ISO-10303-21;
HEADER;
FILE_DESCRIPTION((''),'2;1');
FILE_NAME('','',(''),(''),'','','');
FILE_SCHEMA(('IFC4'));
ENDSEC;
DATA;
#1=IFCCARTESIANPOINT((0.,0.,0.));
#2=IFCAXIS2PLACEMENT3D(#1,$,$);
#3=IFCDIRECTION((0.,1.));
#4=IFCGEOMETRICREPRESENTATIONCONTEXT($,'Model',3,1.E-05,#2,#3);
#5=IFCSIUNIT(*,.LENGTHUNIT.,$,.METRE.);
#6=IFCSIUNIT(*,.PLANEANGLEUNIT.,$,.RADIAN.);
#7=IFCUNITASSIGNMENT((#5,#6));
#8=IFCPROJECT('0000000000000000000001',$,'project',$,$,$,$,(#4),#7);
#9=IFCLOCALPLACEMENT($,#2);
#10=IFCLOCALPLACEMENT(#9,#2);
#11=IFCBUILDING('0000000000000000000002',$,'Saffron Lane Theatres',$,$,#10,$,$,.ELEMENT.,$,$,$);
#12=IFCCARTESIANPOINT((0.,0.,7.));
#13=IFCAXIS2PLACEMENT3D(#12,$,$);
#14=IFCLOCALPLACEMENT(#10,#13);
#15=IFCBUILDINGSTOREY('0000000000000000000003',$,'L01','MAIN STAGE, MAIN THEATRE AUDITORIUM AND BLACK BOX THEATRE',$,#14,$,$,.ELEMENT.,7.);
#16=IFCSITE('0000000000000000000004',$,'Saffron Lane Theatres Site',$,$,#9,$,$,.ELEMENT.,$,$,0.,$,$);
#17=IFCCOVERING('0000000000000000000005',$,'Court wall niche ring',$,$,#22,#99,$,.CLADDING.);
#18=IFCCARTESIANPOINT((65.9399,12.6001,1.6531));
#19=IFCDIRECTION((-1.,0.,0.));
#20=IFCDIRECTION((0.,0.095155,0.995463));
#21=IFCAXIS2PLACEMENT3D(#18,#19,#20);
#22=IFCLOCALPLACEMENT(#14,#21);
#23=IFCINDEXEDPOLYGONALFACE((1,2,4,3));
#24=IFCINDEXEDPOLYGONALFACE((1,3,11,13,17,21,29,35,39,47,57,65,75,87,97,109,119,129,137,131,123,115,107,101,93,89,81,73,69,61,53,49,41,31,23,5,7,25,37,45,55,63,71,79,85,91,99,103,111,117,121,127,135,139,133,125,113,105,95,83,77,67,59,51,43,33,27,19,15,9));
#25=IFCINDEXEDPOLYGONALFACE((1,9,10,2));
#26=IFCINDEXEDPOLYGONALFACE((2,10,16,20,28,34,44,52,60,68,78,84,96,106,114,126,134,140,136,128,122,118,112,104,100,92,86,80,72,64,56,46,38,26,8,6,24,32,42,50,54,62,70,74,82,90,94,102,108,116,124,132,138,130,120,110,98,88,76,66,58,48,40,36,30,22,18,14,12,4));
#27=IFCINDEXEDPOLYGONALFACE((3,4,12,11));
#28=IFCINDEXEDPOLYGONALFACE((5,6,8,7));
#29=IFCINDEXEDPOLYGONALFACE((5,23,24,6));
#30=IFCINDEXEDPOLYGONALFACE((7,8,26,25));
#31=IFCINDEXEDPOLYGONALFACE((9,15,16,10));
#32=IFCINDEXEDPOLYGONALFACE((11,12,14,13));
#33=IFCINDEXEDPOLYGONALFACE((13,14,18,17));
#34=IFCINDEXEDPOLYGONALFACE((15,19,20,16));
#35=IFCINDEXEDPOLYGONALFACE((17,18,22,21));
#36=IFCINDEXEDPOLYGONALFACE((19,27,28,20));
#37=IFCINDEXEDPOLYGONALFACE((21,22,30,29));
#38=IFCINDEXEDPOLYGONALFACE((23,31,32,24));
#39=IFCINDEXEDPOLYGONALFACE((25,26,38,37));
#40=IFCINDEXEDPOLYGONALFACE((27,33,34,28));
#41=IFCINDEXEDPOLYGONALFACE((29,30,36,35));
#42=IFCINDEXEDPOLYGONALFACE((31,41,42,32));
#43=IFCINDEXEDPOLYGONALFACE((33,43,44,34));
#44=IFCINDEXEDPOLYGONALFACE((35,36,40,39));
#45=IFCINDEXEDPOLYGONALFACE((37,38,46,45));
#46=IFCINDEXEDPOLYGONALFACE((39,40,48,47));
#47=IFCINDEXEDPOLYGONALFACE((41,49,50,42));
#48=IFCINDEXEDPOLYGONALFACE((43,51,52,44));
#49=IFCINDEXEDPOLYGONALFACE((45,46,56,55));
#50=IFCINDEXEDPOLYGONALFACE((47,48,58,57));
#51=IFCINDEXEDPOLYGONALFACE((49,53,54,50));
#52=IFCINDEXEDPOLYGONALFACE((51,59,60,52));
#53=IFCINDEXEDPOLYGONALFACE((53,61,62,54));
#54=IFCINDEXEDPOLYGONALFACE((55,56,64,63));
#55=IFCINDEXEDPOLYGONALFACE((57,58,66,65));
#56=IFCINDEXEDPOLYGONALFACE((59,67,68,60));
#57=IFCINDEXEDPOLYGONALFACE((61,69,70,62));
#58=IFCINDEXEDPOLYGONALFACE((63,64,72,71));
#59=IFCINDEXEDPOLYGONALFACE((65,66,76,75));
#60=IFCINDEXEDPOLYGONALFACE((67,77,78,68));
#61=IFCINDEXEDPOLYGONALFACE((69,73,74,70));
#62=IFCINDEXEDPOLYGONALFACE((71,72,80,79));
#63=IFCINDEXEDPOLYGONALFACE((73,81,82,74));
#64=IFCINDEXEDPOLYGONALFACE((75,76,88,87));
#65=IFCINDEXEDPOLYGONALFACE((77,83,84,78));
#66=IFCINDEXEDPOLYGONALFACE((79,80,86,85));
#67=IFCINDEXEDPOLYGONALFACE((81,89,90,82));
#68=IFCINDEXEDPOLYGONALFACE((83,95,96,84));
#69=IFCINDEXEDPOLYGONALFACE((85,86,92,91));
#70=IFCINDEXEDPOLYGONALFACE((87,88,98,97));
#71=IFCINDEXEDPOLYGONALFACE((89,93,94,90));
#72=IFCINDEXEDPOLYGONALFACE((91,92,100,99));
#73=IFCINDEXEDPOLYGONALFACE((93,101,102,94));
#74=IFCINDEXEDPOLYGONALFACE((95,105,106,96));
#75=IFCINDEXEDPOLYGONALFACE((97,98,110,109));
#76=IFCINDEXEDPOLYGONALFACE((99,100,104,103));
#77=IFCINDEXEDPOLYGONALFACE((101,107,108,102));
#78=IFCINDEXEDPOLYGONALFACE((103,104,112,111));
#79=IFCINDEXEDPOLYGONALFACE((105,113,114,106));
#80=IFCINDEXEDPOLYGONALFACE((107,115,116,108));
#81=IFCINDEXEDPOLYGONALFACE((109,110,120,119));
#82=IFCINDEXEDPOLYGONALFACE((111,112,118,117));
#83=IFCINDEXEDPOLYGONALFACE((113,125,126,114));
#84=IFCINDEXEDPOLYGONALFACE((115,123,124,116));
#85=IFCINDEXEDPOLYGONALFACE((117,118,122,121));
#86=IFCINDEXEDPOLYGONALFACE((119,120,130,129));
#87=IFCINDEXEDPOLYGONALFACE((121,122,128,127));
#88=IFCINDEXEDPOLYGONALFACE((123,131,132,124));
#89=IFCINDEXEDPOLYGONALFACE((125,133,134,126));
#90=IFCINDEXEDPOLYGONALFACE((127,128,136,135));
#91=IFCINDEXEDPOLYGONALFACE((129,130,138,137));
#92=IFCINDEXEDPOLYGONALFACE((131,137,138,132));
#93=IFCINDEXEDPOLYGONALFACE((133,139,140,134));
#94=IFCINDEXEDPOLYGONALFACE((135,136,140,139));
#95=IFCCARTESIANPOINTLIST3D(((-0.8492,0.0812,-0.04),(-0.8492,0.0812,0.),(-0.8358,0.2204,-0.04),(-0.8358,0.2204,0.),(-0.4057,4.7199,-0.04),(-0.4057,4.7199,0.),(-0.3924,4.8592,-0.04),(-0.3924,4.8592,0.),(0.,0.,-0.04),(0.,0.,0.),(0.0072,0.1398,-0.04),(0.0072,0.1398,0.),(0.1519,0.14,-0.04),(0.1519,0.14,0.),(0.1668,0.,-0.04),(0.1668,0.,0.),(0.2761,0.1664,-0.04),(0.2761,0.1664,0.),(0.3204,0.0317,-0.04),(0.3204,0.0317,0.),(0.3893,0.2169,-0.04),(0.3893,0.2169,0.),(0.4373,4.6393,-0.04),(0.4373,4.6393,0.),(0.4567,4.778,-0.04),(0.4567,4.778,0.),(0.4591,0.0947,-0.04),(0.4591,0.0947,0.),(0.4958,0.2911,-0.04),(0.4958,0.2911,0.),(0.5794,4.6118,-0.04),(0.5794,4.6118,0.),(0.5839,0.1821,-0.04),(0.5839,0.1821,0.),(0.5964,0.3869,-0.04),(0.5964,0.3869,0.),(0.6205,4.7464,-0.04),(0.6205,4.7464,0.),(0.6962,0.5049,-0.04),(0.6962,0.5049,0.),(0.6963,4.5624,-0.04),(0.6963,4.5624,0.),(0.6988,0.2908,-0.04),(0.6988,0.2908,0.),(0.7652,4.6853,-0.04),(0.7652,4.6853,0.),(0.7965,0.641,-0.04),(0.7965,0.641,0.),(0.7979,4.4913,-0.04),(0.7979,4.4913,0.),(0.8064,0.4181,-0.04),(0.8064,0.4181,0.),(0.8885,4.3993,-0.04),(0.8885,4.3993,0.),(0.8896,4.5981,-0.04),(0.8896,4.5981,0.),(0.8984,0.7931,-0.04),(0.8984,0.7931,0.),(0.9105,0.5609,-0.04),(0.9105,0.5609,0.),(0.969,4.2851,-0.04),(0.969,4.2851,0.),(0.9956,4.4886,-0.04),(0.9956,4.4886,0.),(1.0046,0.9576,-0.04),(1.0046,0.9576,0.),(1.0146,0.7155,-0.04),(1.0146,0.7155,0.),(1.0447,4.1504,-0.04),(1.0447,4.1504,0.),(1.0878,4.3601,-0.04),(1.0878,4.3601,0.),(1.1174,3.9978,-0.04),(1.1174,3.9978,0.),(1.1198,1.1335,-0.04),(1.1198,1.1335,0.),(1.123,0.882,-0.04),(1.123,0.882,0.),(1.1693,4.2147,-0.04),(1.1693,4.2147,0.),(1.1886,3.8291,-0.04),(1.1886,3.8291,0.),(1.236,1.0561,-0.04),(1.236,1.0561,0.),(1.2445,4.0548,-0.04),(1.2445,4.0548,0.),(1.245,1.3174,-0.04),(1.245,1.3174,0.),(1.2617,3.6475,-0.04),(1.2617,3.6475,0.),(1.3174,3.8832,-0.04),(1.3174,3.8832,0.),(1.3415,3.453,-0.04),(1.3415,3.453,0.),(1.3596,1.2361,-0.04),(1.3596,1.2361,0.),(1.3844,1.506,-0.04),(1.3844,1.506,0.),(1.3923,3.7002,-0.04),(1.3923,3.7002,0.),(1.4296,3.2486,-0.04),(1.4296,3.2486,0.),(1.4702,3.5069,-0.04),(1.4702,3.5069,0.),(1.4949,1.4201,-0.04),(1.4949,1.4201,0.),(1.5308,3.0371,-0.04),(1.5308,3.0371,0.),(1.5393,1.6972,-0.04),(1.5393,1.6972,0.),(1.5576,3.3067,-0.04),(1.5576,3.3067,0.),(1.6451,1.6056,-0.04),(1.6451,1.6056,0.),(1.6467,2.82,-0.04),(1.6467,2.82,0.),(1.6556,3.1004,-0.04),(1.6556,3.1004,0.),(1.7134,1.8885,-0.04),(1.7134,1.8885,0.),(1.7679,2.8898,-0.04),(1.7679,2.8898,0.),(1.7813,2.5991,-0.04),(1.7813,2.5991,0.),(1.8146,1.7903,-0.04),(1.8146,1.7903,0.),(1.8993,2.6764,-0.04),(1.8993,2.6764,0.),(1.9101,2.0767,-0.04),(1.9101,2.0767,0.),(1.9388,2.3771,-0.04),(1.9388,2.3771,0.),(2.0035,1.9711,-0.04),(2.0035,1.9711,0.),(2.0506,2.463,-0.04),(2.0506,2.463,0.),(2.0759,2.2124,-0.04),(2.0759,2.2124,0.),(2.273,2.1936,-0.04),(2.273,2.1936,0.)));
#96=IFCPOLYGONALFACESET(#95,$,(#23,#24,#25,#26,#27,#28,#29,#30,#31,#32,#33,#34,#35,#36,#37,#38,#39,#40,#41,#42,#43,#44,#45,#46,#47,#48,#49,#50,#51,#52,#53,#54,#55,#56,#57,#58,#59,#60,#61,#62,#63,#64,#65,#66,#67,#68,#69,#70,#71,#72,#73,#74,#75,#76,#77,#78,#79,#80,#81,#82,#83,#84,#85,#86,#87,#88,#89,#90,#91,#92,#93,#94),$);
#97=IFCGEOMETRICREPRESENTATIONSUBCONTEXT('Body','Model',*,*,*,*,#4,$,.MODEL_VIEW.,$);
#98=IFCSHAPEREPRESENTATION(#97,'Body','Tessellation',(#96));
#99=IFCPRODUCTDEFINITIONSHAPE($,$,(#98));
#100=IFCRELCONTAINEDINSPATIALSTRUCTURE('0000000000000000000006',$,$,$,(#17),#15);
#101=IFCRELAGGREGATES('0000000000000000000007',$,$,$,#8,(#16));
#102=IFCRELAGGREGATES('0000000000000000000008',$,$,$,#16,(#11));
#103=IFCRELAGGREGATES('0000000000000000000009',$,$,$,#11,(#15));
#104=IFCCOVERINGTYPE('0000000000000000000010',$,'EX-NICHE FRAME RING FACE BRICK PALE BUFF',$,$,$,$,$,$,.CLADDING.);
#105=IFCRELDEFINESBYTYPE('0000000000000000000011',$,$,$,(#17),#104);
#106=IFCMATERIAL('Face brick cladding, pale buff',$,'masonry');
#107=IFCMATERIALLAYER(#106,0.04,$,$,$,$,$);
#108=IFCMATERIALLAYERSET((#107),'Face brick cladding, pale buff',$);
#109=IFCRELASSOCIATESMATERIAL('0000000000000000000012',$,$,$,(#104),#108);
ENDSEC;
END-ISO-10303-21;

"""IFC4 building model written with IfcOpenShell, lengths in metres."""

from ifc_helpers import new_model, si_unit, direction, frame, origin, place, context, subcontext, project, spatial, polyline, outline, extrude, material, layer, layer_set, type_object, element, save


model = new_model("IFC4")

# Units and contexts
model_context = context("Model", 3, precision=1e-05, world=origin(), true_north=direction((0.0, 1.0)))
body_context = subcontext(model_context, "Body", "Model", "MODEL_VIEW")
ifc_project = project(units=[si_unit("LENGTHUNIT", "METRE"), si_unit("PLANEANGLEUNIT", "RADIAN")], contexts=[model_context])

# Site, building, storey
site_placement = place(None, origin())
site = spatial("IfcSite", under=ifc_project, at=site_placement, Name="Saffron Lane Theatres Site", CompositionType="ELEMENT", RefElevation=0.0)
building_placement = place(site_placement, origin())
building = spatial("IfcBuilding", under=site, at=building_placement, Name="Saffron Lane Theatres", CompositionType="ELEMENT")
storey_placement = place(building_placement, frame((0.0, 0.0, 7.0)))
storey = spatial("IfcBuildingStorey", under=building, at=storey_placement, Name="L01", Description="MAIN STAGE, MAIN THEATRE AUDITORIUM AND BLACK BOX THEATRE", CompositionType="ELEMENT", Elevation=7.0)

# Covering
ifc_material_1 = material(Name="Face brick cladding, pale buff", Category="masonry")
ifc_layer_1 = layer(ifc_material_1, 0.04)
ifc_layer_set_1 = layer_set([ifc_layer_1], Name="Face brick cladding, pale buff")
covering_type_1 = type_object("IfcCoveringType", Name="EX-NICHE FRAME RING FACE BRICK PALE BUFF", PredefinedType="CLADDING", material=ifc_layer_set_1)
covering_1_placement = place(storey_placement, frame((65.9399, 12.6001, 1.6531), z_axis=(-1.0, 0.0, 0.0), x_axis=(0.0, 0.095155, 0.995463)))
element("IfcCovering", 1, at=covering_1_placement, inside=storey, type_object=covering_type_1, Name="Court wall niche ring", PredefinedType="CLADDING", context=body_context, shape_type="SweptSolid", body=[
    extrude(outline(polyline([(0.0, 0.0), (0.1668, 0.0), (0.3204, 0.0317), (0.4591, 0.0947), (0.5839, 0.1821), (0.6988, 0.2908), (0.8064, 0.4181), (0.9105, 0.5609), (1.0146, 0.7155), (1.123, 0.882), (1.236, 1.0561), (1.3596, 1.2361), (1.4949, 1.4201), (1.6451, 1.6056), (1.8146, 1.7903), (2.0035, 1.9711), (2.273, 2.1936), (2.0506, 2.463), (1.8993, 2.6764), (1.7679, 2.8898), (1.6556, 3.1004), (1.5576, 3.3067), (1.4702, 3.5069), (1.3923, 3.7002), (1.3174, 3.8832), (1.2445, 4.0548), (1.1693, 4.2147), (1.0878, 4.3601), (0.9956, 4.4886), (0.8896, 4.5981), (0.7652, 4.6853), (0.6205, 4.7464), (0.4567, 4.778), (-0.3924, 4.8592), (-0.4057, 4.7199), (0.4373, 4.6393), (0.5794, 4.6118), (0.6963, 4.5624), (0.7979, 4.4913), (0.8885, 4.3993), (0.969, 4.2851), (1.0447, 4.1504), (1.1174, 3.9978), (1.1886, 3.8291), (1.2617, 3.6475), (1.3415, 3.453), (1.4296, 3.2486), (1.5308, 3.0371), (1.6467, 2.82), (1.7813, 2.5991), (1.9388, 2.3771), (2.0759, 2.2124), (1.9101, 2.0767), (1.7134, 1.8885), (1.5393, 1.6972), (1.3844, 1.506), (1.245, 1.3174), (1.1198, 1.1335), (1.0046, 0.9576), (0.8984, 0.7931), (0.7965, 0.641), (0.6962, 0.5049), (0.5964, 0.3869), (0.4958, 0.2911), (0.3893, 0.2169), (0.2761, 0.1664), (0.1519, 0.14), (0.0072, 0.1398), (-0.8358, 0.2204), (-0.8492, 0.0812), (0.0, 0.0)])), origin(), (0.0, 0.0, -1.0), 0.04),
])

save(model, "model.ifc")
